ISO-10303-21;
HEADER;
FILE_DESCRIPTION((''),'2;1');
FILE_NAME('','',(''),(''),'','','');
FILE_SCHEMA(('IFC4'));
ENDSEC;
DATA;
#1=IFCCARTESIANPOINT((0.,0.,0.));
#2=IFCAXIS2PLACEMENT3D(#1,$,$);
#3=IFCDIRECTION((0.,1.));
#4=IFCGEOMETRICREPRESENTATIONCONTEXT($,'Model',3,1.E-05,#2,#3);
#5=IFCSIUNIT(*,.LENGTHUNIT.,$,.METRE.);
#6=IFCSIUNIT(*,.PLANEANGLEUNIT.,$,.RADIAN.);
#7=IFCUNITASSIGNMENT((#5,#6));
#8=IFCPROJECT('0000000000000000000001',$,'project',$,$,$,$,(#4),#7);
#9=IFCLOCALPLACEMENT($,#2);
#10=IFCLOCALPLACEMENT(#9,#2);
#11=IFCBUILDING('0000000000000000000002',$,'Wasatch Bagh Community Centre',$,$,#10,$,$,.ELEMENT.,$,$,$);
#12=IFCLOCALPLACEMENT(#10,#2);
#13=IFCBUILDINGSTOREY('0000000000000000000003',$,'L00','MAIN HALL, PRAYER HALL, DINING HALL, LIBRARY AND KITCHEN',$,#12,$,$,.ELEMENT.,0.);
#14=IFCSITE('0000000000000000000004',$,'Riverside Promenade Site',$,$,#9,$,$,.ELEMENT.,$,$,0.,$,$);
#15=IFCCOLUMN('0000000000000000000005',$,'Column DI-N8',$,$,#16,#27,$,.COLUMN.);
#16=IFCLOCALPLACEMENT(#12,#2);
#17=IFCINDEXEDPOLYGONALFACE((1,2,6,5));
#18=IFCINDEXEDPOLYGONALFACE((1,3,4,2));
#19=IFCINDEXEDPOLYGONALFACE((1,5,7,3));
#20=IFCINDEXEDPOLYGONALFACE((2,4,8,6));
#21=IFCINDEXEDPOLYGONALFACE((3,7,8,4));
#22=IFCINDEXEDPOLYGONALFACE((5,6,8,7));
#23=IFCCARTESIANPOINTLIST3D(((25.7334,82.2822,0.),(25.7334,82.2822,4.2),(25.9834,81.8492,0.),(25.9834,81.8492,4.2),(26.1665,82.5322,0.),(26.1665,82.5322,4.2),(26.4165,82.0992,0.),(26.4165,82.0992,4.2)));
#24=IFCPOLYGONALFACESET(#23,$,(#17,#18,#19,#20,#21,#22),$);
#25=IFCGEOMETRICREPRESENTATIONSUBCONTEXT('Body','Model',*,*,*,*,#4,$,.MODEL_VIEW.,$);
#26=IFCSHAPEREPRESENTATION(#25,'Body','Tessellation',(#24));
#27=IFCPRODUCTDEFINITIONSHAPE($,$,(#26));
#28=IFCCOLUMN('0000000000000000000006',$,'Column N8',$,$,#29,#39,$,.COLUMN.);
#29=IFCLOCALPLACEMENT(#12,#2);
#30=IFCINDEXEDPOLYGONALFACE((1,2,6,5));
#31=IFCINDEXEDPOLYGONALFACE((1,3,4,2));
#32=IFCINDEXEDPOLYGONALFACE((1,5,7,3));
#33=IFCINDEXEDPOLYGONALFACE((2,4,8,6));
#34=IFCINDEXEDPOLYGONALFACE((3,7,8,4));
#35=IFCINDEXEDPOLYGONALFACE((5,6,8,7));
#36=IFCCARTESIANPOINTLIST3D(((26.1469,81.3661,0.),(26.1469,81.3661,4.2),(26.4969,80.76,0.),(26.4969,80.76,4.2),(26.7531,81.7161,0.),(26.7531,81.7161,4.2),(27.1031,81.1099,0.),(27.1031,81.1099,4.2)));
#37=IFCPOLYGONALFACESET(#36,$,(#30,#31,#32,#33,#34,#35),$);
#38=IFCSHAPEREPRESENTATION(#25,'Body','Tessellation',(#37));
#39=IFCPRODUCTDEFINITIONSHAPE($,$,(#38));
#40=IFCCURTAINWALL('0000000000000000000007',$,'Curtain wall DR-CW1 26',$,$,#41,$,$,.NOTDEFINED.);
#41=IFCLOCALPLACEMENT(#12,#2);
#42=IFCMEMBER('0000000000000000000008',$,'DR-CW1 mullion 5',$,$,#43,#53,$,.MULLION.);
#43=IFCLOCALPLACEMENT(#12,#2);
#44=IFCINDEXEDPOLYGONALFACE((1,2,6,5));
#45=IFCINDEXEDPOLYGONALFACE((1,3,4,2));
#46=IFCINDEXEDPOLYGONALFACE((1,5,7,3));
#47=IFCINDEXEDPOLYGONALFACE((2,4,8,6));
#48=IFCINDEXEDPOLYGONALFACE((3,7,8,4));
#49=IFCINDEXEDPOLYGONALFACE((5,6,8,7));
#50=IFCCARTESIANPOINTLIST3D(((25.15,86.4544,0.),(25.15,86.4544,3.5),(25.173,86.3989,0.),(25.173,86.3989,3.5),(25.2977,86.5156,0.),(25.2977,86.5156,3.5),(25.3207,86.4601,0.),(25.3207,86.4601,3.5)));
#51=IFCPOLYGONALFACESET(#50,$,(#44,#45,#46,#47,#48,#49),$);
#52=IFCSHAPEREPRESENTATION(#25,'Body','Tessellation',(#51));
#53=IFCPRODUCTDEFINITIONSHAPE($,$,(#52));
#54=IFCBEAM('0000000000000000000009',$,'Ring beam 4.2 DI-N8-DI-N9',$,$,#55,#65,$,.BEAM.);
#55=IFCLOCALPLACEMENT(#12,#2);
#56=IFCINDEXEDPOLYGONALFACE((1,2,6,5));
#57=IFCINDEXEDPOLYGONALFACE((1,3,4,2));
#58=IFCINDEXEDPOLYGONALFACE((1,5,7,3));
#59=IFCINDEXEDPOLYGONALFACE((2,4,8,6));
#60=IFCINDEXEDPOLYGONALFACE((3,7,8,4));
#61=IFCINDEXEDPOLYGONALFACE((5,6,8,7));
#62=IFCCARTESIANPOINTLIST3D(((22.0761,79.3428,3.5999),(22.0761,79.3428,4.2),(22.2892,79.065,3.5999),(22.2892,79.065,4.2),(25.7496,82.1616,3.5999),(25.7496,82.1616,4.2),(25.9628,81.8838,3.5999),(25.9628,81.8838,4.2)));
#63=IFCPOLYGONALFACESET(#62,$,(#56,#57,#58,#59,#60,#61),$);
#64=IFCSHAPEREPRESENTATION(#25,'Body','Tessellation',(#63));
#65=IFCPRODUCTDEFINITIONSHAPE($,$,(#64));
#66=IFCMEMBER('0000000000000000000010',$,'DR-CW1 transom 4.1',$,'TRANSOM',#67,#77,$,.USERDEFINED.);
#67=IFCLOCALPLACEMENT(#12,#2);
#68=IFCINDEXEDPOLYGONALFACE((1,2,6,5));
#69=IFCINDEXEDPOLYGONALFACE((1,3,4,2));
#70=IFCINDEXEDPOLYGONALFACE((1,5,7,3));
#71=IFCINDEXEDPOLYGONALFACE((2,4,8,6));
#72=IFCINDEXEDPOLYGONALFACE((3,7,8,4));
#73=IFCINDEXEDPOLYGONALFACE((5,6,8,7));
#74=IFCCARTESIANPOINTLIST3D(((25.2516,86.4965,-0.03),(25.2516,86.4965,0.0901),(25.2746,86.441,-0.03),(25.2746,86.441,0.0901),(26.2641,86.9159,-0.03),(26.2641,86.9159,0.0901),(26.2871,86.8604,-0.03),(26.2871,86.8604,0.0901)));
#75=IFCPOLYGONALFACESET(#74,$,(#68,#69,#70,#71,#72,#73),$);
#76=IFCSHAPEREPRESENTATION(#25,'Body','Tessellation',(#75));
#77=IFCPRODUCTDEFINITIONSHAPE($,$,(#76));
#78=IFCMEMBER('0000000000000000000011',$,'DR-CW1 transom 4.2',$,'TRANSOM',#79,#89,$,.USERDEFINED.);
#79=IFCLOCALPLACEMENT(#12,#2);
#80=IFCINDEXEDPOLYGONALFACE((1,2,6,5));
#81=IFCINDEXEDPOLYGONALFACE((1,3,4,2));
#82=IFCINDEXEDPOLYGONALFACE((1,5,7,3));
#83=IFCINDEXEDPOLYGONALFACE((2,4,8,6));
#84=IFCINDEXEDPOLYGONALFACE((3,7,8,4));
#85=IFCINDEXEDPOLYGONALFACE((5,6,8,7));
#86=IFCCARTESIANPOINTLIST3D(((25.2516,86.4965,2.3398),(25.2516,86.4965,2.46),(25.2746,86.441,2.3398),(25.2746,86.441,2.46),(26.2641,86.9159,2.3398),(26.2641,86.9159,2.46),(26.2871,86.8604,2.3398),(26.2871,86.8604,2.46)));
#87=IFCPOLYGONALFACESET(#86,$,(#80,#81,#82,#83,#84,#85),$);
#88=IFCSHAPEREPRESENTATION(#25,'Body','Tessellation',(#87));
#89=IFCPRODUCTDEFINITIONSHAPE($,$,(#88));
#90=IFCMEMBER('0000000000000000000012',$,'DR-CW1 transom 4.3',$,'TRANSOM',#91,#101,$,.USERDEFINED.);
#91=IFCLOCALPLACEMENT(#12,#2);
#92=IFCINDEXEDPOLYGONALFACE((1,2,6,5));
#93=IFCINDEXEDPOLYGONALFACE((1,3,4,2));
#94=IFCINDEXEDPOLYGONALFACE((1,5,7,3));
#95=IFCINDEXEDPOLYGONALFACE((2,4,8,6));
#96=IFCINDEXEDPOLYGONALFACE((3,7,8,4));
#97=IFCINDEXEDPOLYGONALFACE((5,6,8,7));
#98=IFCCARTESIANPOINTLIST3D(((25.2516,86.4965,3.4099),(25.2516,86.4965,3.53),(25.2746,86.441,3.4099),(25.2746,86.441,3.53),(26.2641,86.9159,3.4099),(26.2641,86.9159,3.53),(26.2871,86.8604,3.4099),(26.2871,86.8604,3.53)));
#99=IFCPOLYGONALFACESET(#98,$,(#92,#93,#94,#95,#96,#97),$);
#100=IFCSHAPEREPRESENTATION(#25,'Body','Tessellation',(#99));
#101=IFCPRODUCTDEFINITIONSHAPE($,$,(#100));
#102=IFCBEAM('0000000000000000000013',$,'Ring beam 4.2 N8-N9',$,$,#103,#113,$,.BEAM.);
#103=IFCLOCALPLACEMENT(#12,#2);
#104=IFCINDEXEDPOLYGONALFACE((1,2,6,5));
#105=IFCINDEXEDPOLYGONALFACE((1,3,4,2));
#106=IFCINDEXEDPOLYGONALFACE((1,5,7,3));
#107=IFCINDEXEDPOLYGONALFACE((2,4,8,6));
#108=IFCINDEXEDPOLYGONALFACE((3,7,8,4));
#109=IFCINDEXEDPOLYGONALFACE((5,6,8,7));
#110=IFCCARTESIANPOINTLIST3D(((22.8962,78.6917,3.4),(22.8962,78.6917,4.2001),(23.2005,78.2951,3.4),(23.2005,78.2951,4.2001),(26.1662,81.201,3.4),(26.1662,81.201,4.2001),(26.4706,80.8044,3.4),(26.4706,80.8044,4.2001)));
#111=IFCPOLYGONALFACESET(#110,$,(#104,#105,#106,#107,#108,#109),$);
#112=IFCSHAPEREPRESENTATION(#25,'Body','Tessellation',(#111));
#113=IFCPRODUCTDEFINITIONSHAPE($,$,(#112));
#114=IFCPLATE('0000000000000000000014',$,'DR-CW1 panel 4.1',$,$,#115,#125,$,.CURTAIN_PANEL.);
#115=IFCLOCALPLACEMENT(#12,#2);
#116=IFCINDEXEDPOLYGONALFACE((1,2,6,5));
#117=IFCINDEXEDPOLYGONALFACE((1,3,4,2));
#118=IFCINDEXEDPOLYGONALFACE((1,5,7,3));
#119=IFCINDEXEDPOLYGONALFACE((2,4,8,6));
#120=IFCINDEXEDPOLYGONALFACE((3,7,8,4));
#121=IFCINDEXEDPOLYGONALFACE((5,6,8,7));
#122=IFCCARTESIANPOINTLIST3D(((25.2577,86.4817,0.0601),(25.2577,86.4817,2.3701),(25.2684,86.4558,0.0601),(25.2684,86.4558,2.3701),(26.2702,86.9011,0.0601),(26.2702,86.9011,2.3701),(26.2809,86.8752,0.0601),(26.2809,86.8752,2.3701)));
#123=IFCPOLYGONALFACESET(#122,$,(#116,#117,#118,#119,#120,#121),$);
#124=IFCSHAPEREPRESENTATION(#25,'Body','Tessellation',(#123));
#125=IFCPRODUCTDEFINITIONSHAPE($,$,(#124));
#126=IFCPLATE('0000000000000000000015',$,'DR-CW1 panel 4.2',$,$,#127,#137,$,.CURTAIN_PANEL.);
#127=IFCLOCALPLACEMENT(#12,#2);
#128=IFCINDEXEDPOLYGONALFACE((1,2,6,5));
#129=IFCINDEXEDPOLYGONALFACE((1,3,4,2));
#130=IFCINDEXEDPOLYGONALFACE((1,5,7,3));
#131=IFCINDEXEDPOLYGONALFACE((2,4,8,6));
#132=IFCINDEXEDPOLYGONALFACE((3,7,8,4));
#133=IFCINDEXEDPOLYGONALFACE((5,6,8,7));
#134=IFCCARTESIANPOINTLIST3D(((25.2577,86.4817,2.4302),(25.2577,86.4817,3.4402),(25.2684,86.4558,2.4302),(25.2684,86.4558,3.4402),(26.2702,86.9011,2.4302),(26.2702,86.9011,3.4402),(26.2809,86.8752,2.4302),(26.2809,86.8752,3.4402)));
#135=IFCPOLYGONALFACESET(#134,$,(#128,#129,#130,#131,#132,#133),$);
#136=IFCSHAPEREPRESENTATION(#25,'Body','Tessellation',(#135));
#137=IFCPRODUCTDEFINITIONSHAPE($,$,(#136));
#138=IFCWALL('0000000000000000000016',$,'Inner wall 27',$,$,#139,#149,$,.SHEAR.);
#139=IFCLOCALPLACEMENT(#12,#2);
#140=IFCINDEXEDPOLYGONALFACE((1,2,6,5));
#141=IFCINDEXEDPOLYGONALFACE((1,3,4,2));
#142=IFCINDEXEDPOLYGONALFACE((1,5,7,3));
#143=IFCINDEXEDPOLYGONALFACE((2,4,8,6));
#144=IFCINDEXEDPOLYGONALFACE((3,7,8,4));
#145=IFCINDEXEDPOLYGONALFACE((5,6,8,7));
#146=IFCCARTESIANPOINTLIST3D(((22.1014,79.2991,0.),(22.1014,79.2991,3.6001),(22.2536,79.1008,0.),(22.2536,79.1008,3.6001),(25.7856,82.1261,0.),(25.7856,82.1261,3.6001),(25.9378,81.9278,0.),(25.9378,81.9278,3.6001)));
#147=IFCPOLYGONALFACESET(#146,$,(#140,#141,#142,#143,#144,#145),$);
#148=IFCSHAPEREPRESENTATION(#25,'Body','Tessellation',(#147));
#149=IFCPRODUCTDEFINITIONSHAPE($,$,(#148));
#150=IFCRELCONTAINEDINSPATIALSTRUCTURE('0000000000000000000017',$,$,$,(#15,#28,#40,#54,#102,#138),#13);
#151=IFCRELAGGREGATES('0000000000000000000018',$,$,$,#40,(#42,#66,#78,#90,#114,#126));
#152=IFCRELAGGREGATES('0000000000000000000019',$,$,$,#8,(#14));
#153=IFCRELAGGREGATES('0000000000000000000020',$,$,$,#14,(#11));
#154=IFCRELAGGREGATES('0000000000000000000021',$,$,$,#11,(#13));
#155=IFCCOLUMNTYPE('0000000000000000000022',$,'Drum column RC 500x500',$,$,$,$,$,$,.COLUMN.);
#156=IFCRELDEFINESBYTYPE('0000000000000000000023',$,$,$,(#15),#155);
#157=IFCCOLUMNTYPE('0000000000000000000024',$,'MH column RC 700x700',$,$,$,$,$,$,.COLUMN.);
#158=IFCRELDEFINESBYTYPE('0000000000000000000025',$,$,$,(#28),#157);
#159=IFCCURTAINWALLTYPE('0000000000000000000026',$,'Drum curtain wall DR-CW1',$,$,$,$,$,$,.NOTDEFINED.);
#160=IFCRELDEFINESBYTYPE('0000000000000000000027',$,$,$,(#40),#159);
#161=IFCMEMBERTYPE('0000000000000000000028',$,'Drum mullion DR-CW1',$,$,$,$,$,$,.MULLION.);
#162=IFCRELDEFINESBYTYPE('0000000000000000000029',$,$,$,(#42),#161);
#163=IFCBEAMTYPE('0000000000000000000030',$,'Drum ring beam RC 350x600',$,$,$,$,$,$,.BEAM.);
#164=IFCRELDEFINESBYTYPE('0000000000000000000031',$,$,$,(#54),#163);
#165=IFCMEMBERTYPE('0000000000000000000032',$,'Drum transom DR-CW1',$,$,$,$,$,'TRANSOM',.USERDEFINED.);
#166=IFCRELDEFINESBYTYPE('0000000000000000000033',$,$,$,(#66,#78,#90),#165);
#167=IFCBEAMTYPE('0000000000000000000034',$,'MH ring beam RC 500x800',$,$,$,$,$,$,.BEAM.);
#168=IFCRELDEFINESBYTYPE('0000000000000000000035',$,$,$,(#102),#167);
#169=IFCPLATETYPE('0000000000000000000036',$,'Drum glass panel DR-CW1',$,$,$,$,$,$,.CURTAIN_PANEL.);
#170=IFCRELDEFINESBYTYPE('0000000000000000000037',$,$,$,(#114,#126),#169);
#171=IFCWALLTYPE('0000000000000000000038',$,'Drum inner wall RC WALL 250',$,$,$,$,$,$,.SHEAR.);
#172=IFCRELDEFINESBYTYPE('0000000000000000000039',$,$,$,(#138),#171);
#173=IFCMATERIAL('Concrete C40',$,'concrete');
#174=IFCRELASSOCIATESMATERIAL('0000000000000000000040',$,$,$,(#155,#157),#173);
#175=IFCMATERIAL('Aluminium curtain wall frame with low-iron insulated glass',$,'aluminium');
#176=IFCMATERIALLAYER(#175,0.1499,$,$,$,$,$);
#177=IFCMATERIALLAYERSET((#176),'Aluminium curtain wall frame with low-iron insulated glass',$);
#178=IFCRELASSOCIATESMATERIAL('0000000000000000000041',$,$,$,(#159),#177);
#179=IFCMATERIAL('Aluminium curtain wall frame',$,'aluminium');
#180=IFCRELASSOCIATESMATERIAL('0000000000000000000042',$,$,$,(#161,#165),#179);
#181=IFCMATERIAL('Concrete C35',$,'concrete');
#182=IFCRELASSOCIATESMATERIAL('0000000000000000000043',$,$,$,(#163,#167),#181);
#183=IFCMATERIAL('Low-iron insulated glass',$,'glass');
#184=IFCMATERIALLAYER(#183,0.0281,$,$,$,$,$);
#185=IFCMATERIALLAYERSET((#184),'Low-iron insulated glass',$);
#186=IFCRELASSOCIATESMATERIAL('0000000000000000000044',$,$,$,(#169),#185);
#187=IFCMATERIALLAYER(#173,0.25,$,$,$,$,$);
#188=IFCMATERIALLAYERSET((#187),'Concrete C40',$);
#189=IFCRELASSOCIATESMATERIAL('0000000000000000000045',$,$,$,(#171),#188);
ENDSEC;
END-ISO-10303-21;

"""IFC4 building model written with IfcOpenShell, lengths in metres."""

from ifc_helpers import new_model, si_unit, direction, frame, frame_2d, origin, origin_2d, place, context, subcontext, project, spatial, rectangle, extrude, material, layer, layer_set, material_profile, profile_set, type_object, element, aggregate, save


model = new_model("IFC4")

# Units and contexts
model_context = context("Model", 3, precision=1e-05, world=origin(), true_north=direction((0.0, 1.0)))
body_context = subcontext(model_context, "Body", "Model", "MODEL_VIEW")
ifc_project = project(units=[si_unit("LENGTHUNIT", "METRE"), si_unit("PLANEANGLEUNIT", "RADIAN")], contexts=[model_context])

# Site, building, storey
site_placement = place(None, origin())
site = spatial("IfcSite", under=ifc_project, at=site_placement, Name="Riverside Promenade Site", CompositionType="ELEMENT", RefElevation=0.0)
building_placement = place(site_placement, origin())
building = spatial("IfcBuilding", under=site, at=building_placement, Name="Wasatch Bagh Community Centre", CompositionType="ELEMENT")
storey_placement = place(building_placement, origin())
storey = spatial("IfcBuildingStorey", under=building, at=storey_placement, Name="L00", Description="MAIN HALL, PRAYER HALL, DINING HALL, LIBRARY AND KITCHEN", CompositionType="ELEMENT", Elevation=0.0)

# Shared definitions
ifc_material_1 = material(Name="Concrete C35", Category="concrete")

# Columns
ifc_material_2 = material(Name="Concrete C40", Category="concrete")
ifc_material_profile_1 = material_profile(ifc_material_2, rectangle(XDim=0.5, YDim=0.5, at=origin_2d()), Name="RC 500x500")
ifc_profile_set_1 = profile_set([ifc_material_profile_1], Name="Concrete C40")
column_type_1 = type_object("IfcColumnType", Name="Drum column RC 500x500", PredefinedType="COLUMN", material=ifc_profile_set_1)
column_1_placement = place(storey_placement, frame((26.075, 82.1907, 0.0), z_axis=(0.0, 0.0, 1.0), x_axis=(0.866025, 0.5, 0.0)))
element("IfcColumn", 1, at=column_1_placement, inside=storey, type_object=column_type_1, Name="Column DI-N8", PredefinedType="COLUMN", context=body_context, shape_type="SweptSolid", body=[
    extrude(rectangle(XDim=0.5, YDim=0.5, at=origin_2d()), origin(), (0.0, 0.0, 1.0), 4.2),
])
ifc_material_profile_2 = material_profile(ifc_material_2, rectangle(XDim=0.7, YDim=0.7, at=origin_2d()), Name="RC 700x700")
ifc_profile_set_2 = profile_set([ifc_material_profile_2], Name="Concrete C40")
column_type_2 = type_object("IfcColumnType", Name="MH column RC 700x700", PredefinedType="COLUMN", material=ifc_profile_set_2)
column_2_placement = place(storey_placement, frame((26.625, 81.238, 0.0), z_axis=(0.0, 0.0, 1.0), x_axis=(0.866025, 0.5, 0.0)))
element("IfcColumn", 2, at=column_2_placement, inside=storey, type_object=column_type_2, Name="Column N8", PredefinedType="COLUMN", context=body_context, shape_type="SweptSolid", body=[
    extrude(rectangle(XDim=0.7, YDim=0.7, at=origin_2d()), origin(), (0.0, 0.0, 1.0), 4.2),
])

# Curtain wall, member
ifc_material_3 = material(Name="Aluminium curtain wall frame with low-iron insulated glass", Category="aluminium")
ifc_layer_1 = layer(ifc_material_3, 0.1499)
ifc_layer_set_1 = layer_set([ifc_layer_1], Name="Aluminium curtain wall frame with low-iron insulated glass")
curtain_wall_type = type_object("IfcCurtainWallType", Name="Drum curtain wall DR-CW1", PredefinedType="NOTDEFINED", material=ifc_layer_set_1)
curtain_wall_placement = place(storey_placement, origin())
curtain_wall = element("IfcCurtainWall", 3, at=curtain_wall_placement, inside=storey, type_object=curtain_wall_type, Name="Curtain wall DR-CW1 26", PredefinedType="NOTDEFINED")
ifc_material_4 = material(Name="Aluminium curtain wall frame", Category="aluminium")
ifc_material_profile_3 = material_profile(ifc_material_4, rectangle(XDim=0.0601, YDim=0.1599, at=origin_2d()), Name="Drum mullion DR-CW1")
ifc_profile_set_3 = profile_set([ifc_material_profile_3], Name="Aluminium curtain wall frame")
member_type_1 = type_object("IfcMemberType", Name="Drum mullion DR-CW1", PredefinedType="MULLION", material=ifc_profile_set_3)
member_1_placement = place(storey_placement, frame((25.2354, 86.4573, 0.0), z_axis=(0.0, 0.0, 1.0), x_axis=(0.382683, -0.92388, 0.0)))
member_1 = element("IfcMember", 4, at=member_1_placement, type_object=member_type_1, Name="DR-CW1 mullion 5", PredefinedType="MULLION", context=body_context, shape_type="SweptSolid", body=[
    extrude(rectangle(XDim=0.0601, YDim=0.1599, at=origin_2d()), origin(), (0.0, 0.0, 1.0), 3.5),
])

# Beam
ifc_material_profile_4 = material_profile(ifc_material_1, rectangle(XDim=0.3501, YDim=0.6001, at=origin_2d()), Name="RC 350x600")
ifc_profile_set_4 = profile_set([ifc_material_profile_4], Name="Concrete C35")
beam_type_1 = type_object("IfcBeamType", Name="Drum ring beam RC 350x600", PredefinedType="BEAM", material=ifc_profile_set_4)
beam_1_placement = place(storey_placement, frame((25.8562, 82.0227, 3.8999), z_axis=(-0.793353, -0.608762, 0.0), x_axis=(0.608762, -0.793353, 0.0)))
element("IfcBeam", 5, at=beam_1_placement, inside=storey, type_object=beam_type_1, Name="Ring beam 4.2 DI-N8-DI-N9", PredefinedType="BEAM", context=body_context, shape_type="SweptSolid", body=[
    extrude(rectangle(XDim=0.3501, YDim=0.6001, at=origin_2d()), origin(), (0.0, 0.0, 1.0), 4.6304),
])

# Members
ifc_material_profile_5 = material_profile(ifc_material_4, rectangle(XDim=0.0601, YDim=0.1201, at=origin_2d()), Name="Drum transom DR-CW1")
ifc_profile_set_5 = profile_set([ifc_material_profile_5], Name="Aluminium curtain wall frame")
member_type_2 = type_object("IfcMemberType", Name="Drum transom DR-CW1", ElementType="TRANSOM", PredefinedType="USERDEFINED", material=ifc_profile_set_5)
member_2_placement = place(storey_placement, frame((26.2756, 86.8882, 0.03), z_axis=(-0.923859, -0.382732, 0.0), x_axis=(0.382732, -0.923859, 0.0)))
member_2 = element("IfcMember", 6, at=member_2_placement, type_object=member_type_2, Name="DR-CW1 transom 4.1", ObjectType="TRANSOM", PredefinedType="USERDEFINED", context=body_context, shape_type="SweptSolid", body=[
    extrude(rectangle(XDim=0.0601, YDim=0.1201, at=origin_2d()), origin(), (0.0, 0.0, 1.0), 1.0959),
])
member_3_placement = place(storey_placement, frame((26.2756, 86.8882, 2.3999), z_axis=(-0.923859, -0.382732, 0.0), x_axis=(0.382732, -0.923859, 0.0)))
member_3 = element("IfcMember", 7, at=member_3_placement, type_object=member_type_2, Name="DR-CW1 transom 4.2", ObjectType="TRANSOM", PredefinedType="USERDEFINED", context=body_context, shape_type="SweptSolid", body=[
    extrude(rectangle(XDim=0.0601, YDim=0.1201, at=origin_2d()), origin(), (0.0, 0.0, 1.0), 1.0959),
])
member_4_placement = place(storey_placement, frame((26.2756, 86.8882, 3.47), z_axis=(-0.923859, -0.382732, 0.0), x_axis=(0.382732, -0.923859, 0.0)))
member_4 = element("IfcMember", 8, at=member_4_placement, type_object=member_type_2, Name="DR-CW1 transom 4.3", ObjectType="TRANSOM", PredefinedType="USERDEFINED", context=body_context, shape_type="SweptSolid", body=[
    extrude(rectangle(XDim=0.0601, YDim=0.1201, at=origin_2d()), origin(), (0.0, 0.0, 1.0), 1.0959),
])

# Beam
ifc_material_profile_6 = material_profile(ifc_material_1, rectangle(XDim=0.5, YDim=0.8, at=origin_2d()), Name="RC 500x800")
ifc_profile_set_6 = profile_set([ifc_material_profile_6], Name="Concrete C35")
beam_type_2 = type_object("IfcBeamType", Name="MH ring beam RC 500x800", PredefinedType="BEAM", material=ifc_profile_set_6)
beam_2_placement = place(storey_placement, frame((26.3184, 81.0027, 3.8), z_axis=(-0.793341, -0.608777, 0.0), x_axis=(0.608777, -0.793341, 0.0)))
element("IfcBeam", 9, at=beam_2_placement, inside=storey, type_object=beam_type_2, Name="Ring beam 4.2 N8-N9", PredefinedType="BEAM", context=body_context, shape_type="SweptSolid", body=[
    extrude(rectangle(XDim=0.5, YDim=0.8, at=origin_2d()), origin(), (0.0, 0.0, 1.0), 4.1218),
])

# Plates
ifc_material_5 = material(Name="Low-iron insulated glass", Category="glass")
ifc_layer_2 = layer(ifc_material_5, 0.0281)
ifc_layer_set_2 = layer_set([ifc_layer_2], Name="Low-iron insulated glass")
plate_type = type_object("IfcPlateType", Name="Drum glass panel DR-CW1", PredefinedType="CURTAIN_PANEL", material=ifc_layer_set_2)
plate_1_placement = place(storey_placement, frame((25.7693, 86.6785, 0.0601), z_axis=(0.0, 0.0, 1.0), x_axis=(-0.92388, -0.382683, 0.0)))
plate_1 = element("IfcPlate", 10, at=plate_1_placement, type_object=plate_type, Name="DR-CW1 panel 4.1", PredefinedType="CURTAIN_PANEL", context=body_context, shape_type="SweptSolid", body=[
    extrude(rectangle(XDim=1.0959, YDim=0.0281, at=origin_2d()), origin(), (0.0, 0.0, 1.0), 2.3101),
])
plate_2_placement = place(storey_placement, frame((25.7693, 86.6785, 2.4302), z_axis=(0.0, 0.0, 1.0), x_axis=(-0.92388, -0.382683, 0.0)))
plate_2 = element("IfcPlate", 11, at=plate_2_placement, type_object=plate_type, Name="DR-CW1 panel 4.2", PredefinedType="CURTAIN_PANEL", context=body_context, shape_type="SweptSolid", body=[
    extrude(rectangle(XDim=1.0959, YDim=0.0281, at=origin_2d()), origin(), (0.0, 0.0, 1.0), 1.01),
])
aggregate(curtain_wall, [member_1, member_2, member_3, member_4, plate_1, plate_2])

# Wall
ifc_layer_3 = layer(ifc_material_2, 0.25)
ifc_layer_set_3 = layer_set([ifc_layer_3], Name="Concrete C40")
wall_type_1 = type_object("IfcWallType", Name="Drum inner wall RC WALL 250", PredefinedType="SHEAR", material=ifc_layer_set_3)
wall_1_placement = place(storey_placement, frame((25.8616, 82.0269, 0.0), z_axis=(0.0, 0.0, 1.0), x_axis=(-0.793352, -0.608763, 0.0)))
element("IfcWall", 12, at=wall_1_placement, inside=storey, type_object=wall_type_1, Name="Inner wall 27", PredefinedType="SHEAR", context=body_context, shape_type="SweptSolid", body=[
    extrude(rectangle(XDim=4.6438, YDim=0.25, at=frame_2d((2.3218, 0.0))), origin(), (0.0, 0.0, 1.0), 3.6001),
])

save(model, "model.ifc")
